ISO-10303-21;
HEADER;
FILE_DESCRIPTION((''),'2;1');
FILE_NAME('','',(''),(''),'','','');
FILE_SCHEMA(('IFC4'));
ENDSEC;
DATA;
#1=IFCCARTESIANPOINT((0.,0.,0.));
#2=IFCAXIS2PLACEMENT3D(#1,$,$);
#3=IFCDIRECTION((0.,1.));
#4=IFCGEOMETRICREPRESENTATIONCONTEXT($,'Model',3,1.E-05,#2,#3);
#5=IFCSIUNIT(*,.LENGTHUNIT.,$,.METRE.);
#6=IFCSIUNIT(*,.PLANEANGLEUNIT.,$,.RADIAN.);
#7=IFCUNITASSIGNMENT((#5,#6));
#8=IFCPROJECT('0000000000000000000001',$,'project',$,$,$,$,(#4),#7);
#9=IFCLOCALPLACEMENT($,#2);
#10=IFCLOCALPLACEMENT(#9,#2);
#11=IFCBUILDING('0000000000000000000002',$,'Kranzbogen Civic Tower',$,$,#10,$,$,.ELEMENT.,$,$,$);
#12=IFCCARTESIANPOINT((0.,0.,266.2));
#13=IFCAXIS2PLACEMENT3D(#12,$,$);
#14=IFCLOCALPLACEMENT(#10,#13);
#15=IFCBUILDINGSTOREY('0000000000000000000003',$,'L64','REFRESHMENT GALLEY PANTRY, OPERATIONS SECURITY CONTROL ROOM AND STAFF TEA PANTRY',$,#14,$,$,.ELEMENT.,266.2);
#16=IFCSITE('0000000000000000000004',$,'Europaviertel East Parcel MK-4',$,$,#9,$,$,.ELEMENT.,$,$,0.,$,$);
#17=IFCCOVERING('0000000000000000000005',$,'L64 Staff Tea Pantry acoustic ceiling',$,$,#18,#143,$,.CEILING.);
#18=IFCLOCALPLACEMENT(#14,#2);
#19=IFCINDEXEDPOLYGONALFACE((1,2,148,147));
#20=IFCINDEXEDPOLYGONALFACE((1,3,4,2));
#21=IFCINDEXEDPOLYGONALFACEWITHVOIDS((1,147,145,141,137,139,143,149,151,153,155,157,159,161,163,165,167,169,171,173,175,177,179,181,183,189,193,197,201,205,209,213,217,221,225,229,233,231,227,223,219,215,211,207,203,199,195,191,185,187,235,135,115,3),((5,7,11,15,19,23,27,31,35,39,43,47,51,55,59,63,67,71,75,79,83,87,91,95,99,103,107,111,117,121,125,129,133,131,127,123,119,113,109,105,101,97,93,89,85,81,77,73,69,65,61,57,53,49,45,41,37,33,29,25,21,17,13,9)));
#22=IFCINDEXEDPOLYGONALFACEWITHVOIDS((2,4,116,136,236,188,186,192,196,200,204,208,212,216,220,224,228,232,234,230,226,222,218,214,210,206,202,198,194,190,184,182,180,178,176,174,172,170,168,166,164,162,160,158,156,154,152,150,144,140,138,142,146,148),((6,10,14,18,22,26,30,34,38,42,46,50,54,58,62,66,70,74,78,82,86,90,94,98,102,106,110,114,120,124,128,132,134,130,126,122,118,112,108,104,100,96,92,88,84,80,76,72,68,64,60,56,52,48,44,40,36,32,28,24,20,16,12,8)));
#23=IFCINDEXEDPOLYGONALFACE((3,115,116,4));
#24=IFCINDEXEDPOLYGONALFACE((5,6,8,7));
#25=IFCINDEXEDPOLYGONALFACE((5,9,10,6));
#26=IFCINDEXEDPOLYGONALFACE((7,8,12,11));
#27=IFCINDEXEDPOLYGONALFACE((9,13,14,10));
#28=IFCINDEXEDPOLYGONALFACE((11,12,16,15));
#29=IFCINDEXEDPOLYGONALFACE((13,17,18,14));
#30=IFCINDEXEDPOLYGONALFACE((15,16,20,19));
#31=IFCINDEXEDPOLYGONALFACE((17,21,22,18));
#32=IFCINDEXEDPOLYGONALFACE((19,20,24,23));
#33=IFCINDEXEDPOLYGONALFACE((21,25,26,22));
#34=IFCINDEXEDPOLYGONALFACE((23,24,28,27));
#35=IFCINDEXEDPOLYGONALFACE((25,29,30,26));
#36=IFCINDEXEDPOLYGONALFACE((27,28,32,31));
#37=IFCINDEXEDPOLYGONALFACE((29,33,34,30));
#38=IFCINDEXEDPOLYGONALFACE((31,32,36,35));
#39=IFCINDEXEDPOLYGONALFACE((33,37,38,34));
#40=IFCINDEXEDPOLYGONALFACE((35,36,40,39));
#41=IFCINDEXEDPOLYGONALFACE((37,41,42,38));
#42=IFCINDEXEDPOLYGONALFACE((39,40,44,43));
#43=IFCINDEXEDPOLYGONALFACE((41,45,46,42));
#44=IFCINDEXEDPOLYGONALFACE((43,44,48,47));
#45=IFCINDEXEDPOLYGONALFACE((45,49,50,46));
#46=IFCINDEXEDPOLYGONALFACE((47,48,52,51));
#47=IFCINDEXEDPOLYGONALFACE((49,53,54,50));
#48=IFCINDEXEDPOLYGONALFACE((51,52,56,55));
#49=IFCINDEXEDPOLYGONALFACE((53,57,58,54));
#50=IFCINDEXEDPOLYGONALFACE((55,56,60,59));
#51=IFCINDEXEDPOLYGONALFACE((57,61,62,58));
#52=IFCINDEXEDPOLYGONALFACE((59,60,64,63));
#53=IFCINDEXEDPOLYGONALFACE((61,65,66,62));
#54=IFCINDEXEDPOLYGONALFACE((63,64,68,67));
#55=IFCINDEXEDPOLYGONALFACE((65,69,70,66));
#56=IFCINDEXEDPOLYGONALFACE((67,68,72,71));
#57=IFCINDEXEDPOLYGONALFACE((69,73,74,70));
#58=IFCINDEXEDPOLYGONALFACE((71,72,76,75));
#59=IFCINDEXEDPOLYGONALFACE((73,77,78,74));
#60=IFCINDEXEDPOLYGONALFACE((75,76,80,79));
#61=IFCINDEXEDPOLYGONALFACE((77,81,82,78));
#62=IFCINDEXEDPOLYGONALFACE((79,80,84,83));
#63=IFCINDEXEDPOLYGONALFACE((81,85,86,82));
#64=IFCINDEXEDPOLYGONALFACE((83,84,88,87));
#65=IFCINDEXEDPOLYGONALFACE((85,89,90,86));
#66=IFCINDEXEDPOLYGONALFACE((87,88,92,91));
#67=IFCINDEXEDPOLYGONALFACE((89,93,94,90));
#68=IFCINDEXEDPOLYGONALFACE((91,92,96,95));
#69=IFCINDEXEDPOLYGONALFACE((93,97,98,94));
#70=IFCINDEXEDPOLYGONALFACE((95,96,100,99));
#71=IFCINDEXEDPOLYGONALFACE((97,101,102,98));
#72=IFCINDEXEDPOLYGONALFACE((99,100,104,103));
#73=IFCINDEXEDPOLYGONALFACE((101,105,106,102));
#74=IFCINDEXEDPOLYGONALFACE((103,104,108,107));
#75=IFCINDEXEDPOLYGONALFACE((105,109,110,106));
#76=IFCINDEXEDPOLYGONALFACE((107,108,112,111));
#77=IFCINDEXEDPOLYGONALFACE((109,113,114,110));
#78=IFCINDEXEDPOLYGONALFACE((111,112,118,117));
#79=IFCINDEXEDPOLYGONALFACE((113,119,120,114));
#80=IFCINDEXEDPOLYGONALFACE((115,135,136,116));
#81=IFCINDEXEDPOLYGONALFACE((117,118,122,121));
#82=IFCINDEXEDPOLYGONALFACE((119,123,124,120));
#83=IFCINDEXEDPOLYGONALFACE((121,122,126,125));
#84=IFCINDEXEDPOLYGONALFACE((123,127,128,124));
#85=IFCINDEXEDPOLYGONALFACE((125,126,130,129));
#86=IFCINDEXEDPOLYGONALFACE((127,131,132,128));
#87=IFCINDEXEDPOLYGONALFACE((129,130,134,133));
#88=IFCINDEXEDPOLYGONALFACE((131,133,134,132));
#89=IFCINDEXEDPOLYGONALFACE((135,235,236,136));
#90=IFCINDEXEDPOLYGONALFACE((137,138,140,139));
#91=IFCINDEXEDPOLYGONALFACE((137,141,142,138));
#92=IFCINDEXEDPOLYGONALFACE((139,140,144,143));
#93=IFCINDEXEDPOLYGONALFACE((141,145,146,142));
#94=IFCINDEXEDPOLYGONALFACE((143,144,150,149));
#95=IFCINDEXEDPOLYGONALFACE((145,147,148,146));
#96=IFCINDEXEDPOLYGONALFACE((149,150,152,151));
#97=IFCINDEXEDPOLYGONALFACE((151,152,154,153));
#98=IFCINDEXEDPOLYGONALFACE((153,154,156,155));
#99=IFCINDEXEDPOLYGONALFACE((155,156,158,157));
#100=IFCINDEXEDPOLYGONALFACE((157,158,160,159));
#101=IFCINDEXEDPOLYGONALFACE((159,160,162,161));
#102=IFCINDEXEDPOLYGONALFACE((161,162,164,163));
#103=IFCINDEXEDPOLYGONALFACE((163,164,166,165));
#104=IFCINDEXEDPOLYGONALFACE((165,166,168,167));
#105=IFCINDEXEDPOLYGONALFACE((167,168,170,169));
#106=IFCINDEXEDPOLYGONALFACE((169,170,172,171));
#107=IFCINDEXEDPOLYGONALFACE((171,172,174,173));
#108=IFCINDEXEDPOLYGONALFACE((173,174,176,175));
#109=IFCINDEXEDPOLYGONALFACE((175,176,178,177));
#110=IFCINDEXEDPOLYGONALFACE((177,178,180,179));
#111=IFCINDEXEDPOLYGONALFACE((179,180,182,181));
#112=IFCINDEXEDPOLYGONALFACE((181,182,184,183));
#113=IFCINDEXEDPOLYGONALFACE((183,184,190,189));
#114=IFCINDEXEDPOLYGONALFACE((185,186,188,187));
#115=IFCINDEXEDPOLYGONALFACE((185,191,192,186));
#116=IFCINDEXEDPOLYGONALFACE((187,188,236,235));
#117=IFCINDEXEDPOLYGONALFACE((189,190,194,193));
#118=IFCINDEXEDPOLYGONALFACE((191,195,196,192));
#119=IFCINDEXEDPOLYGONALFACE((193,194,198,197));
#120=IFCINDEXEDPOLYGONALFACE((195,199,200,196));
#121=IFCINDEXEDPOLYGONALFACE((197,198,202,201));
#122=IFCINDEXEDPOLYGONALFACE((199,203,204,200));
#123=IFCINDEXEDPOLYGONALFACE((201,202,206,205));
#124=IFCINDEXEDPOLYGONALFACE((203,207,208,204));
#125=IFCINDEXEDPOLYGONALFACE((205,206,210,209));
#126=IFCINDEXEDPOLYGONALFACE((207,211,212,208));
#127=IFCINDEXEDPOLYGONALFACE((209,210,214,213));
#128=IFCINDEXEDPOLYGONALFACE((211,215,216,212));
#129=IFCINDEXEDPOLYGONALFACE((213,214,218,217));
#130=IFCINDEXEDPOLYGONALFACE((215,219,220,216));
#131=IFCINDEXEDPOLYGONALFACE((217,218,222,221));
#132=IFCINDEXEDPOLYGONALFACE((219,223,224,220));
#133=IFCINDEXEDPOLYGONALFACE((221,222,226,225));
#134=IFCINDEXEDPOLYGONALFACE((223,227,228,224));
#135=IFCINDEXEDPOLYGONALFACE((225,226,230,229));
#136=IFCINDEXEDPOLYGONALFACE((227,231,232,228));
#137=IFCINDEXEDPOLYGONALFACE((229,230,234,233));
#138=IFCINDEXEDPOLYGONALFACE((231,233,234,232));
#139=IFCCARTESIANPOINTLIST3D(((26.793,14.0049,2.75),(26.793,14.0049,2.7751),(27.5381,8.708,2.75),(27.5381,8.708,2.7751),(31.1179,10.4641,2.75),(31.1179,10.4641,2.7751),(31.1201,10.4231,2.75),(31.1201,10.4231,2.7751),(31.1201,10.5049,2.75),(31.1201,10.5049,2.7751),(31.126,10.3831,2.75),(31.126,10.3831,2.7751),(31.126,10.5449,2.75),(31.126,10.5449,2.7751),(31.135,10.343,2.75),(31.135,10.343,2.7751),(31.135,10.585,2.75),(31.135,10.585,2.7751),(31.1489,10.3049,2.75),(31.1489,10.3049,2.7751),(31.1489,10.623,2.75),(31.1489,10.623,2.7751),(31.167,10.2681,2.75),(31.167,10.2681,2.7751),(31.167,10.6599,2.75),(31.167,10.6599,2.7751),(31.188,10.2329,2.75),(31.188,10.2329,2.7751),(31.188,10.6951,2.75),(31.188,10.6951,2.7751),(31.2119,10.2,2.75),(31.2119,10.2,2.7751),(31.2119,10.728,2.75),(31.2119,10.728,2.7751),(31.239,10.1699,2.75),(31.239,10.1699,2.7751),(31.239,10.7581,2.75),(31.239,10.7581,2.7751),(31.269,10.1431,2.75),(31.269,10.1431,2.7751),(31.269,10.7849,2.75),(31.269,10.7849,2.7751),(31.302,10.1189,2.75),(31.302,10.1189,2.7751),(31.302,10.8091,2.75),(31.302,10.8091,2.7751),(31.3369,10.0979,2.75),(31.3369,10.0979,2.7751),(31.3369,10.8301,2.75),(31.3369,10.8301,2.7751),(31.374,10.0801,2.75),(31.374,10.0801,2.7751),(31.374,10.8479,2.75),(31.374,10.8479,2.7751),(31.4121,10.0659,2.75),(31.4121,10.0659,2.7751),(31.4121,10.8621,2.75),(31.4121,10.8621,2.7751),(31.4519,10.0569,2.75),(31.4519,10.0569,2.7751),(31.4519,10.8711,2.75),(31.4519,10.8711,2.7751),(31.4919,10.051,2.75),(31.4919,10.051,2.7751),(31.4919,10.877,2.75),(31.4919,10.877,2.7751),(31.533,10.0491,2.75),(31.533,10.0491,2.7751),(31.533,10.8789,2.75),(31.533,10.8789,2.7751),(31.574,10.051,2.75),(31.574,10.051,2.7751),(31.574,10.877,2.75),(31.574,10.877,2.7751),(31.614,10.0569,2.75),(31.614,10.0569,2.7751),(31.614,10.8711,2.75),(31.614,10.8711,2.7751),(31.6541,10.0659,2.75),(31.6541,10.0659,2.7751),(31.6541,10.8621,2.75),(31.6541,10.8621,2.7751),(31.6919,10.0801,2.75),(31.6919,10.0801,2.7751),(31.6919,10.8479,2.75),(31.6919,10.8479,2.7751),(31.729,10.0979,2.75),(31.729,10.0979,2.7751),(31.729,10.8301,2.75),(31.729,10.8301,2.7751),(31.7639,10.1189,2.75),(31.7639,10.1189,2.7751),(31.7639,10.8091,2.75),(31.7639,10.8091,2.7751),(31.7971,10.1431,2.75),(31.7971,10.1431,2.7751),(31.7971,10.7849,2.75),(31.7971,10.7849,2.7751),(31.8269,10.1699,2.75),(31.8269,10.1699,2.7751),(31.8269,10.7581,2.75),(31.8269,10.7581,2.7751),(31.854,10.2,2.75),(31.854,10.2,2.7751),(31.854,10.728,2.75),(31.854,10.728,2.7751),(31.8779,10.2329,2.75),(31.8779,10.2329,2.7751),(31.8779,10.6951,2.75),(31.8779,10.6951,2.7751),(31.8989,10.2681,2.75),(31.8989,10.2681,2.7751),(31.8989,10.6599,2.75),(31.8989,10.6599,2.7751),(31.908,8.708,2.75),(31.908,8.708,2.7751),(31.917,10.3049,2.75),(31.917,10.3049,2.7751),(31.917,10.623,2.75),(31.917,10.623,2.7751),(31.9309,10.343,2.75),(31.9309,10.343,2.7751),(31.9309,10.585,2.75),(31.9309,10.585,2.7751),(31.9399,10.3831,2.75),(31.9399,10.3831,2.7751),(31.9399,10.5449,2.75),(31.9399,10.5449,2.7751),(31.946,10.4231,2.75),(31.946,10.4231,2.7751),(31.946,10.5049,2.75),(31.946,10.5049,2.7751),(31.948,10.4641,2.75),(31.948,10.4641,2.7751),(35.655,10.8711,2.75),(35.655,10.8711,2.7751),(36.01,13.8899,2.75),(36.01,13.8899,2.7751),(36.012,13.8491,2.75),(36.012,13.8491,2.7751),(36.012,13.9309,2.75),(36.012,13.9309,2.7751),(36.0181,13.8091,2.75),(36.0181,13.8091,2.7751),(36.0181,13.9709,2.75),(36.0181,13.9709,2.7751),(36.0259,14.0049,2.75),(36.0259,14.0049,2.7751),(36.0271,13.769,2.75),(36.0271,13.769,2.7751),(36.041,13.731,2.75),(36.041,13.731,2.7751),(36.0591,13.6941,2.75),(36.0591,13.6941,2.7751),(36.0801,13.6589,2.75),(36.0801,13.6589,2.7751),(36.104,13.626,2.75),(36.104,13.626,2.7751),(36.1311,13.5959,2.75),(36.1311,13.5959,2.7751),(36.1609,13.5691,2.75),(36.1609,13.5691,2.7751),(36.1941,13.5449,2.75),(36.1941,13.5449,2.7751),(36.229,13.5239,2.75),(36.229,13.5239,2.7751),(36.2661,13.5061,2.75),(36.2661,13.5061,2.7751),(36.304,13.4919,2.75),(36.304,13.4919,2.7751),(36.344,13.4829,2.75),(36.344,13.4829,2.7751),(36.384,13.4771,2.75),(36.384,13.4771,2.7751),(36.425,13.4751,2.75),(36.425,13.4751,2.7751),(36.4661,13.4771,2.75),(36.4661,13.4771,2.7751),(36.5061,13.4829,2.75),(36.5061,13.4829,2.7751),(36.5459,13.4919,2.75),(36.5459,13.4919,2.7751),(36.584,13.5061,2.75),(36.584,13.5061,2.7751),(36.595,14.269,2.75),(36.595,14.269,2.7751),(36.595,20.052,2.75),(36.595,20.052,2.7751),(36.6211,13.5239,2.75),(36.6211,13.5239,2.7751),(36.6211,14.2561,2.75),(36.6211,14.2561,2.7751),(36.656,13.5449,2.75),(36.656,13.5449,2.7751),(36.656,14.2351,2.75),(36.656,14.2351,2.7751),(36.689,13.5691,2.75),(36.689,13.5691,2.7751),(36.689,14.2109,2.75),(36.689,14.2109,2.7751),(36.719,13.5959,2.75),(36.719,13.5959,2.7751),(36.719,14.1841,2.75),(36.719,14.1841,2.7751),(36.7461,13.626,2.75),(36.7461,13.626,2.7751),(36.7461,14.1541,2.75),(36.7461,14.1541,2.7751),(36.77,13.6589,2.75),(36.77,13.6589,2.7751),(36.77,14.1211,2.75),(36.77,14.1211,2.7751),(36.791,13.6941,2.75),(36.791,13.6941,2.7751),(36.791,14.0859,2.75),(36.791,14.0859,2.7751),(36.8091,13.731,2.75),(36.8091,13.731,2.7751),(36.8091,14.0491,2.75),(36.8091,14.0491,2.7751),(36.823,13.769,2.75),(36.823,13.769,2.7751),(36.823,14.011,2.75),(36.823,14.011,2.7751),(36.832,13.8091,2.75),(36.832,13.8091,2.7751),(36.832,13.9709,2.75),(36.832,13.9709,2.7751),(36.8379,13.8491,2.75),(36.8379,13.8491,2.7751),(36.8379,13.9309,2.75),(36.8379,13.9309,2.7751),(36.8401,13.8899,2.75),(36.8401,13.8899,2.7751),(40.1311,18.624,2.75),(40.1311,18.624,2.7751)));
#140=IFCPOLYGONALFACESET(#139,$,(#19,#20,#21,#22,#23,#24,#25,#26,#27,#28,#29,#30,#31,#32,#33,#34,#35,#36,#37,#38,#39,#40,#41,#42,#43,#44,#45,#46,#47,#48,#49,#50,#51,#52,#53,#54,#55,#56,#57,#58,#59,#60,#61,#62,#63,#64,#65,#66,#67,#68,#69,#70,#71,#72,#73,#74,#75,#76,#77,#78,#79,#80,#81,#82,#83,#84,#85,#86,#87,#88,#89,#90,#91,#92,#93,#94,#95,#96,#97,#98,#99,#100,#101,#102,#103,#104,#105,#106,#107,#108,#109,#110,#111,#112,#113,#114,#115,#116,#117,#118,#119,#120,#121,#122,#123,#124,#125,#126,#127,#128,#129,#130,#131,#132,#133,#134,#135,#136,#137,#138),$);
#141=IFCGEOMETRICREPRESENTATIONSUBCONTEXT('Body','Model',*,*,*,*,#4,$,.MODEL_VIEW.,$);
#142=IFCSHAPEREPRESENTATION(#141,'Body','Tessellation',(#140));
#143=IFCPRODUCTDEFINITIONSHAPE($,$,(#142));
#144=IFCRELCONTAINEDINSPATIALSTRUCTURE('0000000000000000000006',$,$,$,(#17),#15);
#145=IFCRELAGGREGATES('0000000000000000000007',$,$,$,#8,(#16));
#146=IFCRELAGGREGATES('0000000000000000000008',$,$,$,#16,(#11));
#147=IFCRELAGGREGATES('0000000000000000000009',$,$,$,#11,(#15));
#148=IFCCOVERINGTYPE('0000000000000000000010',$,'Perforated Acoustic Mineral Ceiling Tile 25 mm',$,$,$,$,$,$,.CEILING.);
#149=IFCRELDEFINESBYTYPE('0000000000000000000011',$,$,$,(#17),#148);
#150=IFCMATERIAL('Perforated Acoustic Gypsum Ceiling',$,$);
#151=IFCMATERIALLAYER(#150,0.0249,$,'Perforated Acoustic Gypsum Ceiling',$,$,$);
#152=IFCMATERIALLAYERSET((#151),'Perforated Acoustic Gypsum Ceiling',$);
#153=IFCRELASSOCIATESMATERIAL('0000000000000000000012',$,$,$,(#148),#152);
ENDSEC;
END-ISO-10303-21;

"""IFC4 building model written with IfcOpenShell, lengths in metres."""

from ifc_helpers import new_model, si_unit, direction, frame, origin, place, context, subcontext, project, spatial, polyline, outline, extrude, material, layer, layer_set, type_object, element, save


model = new_model("IFC4")

# Units and contexts
model_context = context("Model", 3, precision=1e-05, world=origin(), true_north=direction((0.0, 1.0)))
body_context = subcontext(model_context, "Body", "Model", "MODEL_VIEW")
ifc_project = project(units=[si_unit("LENGTHUNIT", "METRE"), si_unit("PLANEANGLEUNIT", "RADIAN")], contexts=[model_context])

# Site, building, storey
site_placement = place(None, origin())
site = spatial("IfcSite", under=ifc_project, at=site_placement, Name="Europaviertel East Parcel MK-4", CompositionType="ELEMENT", RefElevation=0.0)
building_placement = place(site_placement, origin())
building = spatial("IfcBuilding", under=site, at=building_placement, Name="Kranzbogen Civic Tower", CompositionType="ELEMENT")
storey_placement = place(building_placement, frame((0.0, 0.0, 266.2)))
storey = spatial("IfcBuildingStorey", under=building, at=storey_placement, Name="L64", Description="REFRESHMENT GALLEY PANTRY, OPERATIONS SECURITY CONTROL ROOM AND STAFF TEA PANTRY", CompositionType="ELEMENT", Elevation=266.2)

# Covering
ifc_material_1 = material(Name="Perforated Acoustic Gypsum Ceiling")
ifc_layer_1 = layer(ifc_material_1, 0.0249, Name="Perforated Acoustic Gypsum Ceiling")
ifc_layer_set_1 = layer_set([ifc_layer_1], Name="Perforated Acoustic Gypsum Ceiling")
covering_type_1 = type_object("IfcCoveringType", Name="Perforated Acoustic Mineral Ceiling Tile 25 mm", PredefinedType="CEILING", material=ifc_layer_set_1)
covering_1_placement = place(storey_placement, frame((0.0, 0.0, 2.75)))
element("IfcCovering", 1, at=covering_1_placement, inside=storey, type_object=covering_type_1, Name="L64 Staff Tea Pantry acoustic ceiling", PredefinedType="CEILING", context=body_context, shape_type="SweptSolid", body=[
    extrude(outline(polyline([(31.908, 8.708), (27.5381, 8.708), (26.793, 14.0049), (36.0259, 14.0049), (36.0181, 13.9709), (36.012, 13.9309), (36.01, 13.8899), (36.012, 13.8491), (36.0181, 13.8091), (36.0271, 13.769), (36.041, 13.731), (36.0591, 13.6941), (36.0801, 13.6589), (36.104, 13.626), (36.1311, 13.5959), (36.1609, 13.5691), (36.1941, 13.5449), (36.229, 13.5239), (36.2661, 13.5061), (36.304, 13.4919), (36.344, 13.4829), (36.384, 13.4771), (36.425, 13.4751), (36.4661, 13.4771), (36.5061, 13.4829), (36.5459, 13.4919), (36.584, 13.5061), (36.6211, 13.5239), (36.656, 13.5449), (36.689, 13.5691), (36.719, 13.5959), (36.7461, 13.626), (36.77, 13.6589), (36.791, 13.6941), (36.8091, 13.731), (36.823, 13.769), (36.832, 13.8091), (36.8379, 13.8491), (36.8401, 13.8899), (36.8379, 13.9309), (36.832, 13.9709), (36.823, 14.011), (36.8091, 14.0491), (36.791, 14.0859), (36.77, 14.1211), (36.7461, 14.1541), (36.719, 14.1841), (36.689, 14.2109), (36.656, 14.2351), (36.6211, 14.2561), (36.595, 14.269), (36.595, 20.052), (40.1311, 18.624), (35.655, 10.8711), (31.908, 8.708)]), holes=[polyline([(31.917, 10.3049), (31.8989, 10.2681), (31.8779, 10.2329), (31.854, 10.2), (31.8269, 10.1699), (31.7971, 10.1431), (31.7639, 10.1189), (31.729, 10.0979), (31.6919, 10.0801), (31.6541, 10.0659), (31.614, 10.0569), (31.574, 10.051), (31.533, 10.0491), (31.4919, 10.051), (31.4519, 10.0569), (31.4121, 10.0659), (31.374, 10.0801), (31.3369, 10.0979), (31.302, 10.1189), (31.269, 10.1431), (31.239, 10.1699), (31.2119, 10.2), (31.188, 10.2329), (31.167, 10.2681), (31.1489, 10.3049), (31.135, 10.343), (31.126, 10.3831), (31.1201, 10.4231), (31.1179, 10.4641), (31.1201, 10.5049), (31.126, 10.5449), (31.135, 10.585), (31.1489, 10.623), (31.167, 10.6599), (31.188, 10.6951), (31.2119, 10.728), (31.239, 10.7581), (31.269, 10.7849), (31.302, 10.8091), (31.3369, 10.8301), (31.374, 10.8479), (31.4121, 10.8621), (31.4519, 10.8711), (31.4919, 10.877), (31.533, 10.8789), (31.574, 10.877), (31.614, 10.8711), (31.6541, 10.8621), (31.6919, 10.8479), (31.729, 10.8301), (31.7639, 10.8091), (31.7971, 10.7849), (31.8269, 10.7581), (31.854, 10.728), (31.8779, 10.6951), (31.8989, 10.6599), (31.917, 10.623), (31.9309, 10.585), (31.9399, 10.5449), (31.946, 10.5049), (31.948, 10.4641), (31.946, 10.4231), (31.9399, 10.3831), (31.9309, 10.343), (31.917, 10.3049)])]), origin(), (0.0, 0.0, 1.0), 0.0251),
])

save(model, "model.ifc")
